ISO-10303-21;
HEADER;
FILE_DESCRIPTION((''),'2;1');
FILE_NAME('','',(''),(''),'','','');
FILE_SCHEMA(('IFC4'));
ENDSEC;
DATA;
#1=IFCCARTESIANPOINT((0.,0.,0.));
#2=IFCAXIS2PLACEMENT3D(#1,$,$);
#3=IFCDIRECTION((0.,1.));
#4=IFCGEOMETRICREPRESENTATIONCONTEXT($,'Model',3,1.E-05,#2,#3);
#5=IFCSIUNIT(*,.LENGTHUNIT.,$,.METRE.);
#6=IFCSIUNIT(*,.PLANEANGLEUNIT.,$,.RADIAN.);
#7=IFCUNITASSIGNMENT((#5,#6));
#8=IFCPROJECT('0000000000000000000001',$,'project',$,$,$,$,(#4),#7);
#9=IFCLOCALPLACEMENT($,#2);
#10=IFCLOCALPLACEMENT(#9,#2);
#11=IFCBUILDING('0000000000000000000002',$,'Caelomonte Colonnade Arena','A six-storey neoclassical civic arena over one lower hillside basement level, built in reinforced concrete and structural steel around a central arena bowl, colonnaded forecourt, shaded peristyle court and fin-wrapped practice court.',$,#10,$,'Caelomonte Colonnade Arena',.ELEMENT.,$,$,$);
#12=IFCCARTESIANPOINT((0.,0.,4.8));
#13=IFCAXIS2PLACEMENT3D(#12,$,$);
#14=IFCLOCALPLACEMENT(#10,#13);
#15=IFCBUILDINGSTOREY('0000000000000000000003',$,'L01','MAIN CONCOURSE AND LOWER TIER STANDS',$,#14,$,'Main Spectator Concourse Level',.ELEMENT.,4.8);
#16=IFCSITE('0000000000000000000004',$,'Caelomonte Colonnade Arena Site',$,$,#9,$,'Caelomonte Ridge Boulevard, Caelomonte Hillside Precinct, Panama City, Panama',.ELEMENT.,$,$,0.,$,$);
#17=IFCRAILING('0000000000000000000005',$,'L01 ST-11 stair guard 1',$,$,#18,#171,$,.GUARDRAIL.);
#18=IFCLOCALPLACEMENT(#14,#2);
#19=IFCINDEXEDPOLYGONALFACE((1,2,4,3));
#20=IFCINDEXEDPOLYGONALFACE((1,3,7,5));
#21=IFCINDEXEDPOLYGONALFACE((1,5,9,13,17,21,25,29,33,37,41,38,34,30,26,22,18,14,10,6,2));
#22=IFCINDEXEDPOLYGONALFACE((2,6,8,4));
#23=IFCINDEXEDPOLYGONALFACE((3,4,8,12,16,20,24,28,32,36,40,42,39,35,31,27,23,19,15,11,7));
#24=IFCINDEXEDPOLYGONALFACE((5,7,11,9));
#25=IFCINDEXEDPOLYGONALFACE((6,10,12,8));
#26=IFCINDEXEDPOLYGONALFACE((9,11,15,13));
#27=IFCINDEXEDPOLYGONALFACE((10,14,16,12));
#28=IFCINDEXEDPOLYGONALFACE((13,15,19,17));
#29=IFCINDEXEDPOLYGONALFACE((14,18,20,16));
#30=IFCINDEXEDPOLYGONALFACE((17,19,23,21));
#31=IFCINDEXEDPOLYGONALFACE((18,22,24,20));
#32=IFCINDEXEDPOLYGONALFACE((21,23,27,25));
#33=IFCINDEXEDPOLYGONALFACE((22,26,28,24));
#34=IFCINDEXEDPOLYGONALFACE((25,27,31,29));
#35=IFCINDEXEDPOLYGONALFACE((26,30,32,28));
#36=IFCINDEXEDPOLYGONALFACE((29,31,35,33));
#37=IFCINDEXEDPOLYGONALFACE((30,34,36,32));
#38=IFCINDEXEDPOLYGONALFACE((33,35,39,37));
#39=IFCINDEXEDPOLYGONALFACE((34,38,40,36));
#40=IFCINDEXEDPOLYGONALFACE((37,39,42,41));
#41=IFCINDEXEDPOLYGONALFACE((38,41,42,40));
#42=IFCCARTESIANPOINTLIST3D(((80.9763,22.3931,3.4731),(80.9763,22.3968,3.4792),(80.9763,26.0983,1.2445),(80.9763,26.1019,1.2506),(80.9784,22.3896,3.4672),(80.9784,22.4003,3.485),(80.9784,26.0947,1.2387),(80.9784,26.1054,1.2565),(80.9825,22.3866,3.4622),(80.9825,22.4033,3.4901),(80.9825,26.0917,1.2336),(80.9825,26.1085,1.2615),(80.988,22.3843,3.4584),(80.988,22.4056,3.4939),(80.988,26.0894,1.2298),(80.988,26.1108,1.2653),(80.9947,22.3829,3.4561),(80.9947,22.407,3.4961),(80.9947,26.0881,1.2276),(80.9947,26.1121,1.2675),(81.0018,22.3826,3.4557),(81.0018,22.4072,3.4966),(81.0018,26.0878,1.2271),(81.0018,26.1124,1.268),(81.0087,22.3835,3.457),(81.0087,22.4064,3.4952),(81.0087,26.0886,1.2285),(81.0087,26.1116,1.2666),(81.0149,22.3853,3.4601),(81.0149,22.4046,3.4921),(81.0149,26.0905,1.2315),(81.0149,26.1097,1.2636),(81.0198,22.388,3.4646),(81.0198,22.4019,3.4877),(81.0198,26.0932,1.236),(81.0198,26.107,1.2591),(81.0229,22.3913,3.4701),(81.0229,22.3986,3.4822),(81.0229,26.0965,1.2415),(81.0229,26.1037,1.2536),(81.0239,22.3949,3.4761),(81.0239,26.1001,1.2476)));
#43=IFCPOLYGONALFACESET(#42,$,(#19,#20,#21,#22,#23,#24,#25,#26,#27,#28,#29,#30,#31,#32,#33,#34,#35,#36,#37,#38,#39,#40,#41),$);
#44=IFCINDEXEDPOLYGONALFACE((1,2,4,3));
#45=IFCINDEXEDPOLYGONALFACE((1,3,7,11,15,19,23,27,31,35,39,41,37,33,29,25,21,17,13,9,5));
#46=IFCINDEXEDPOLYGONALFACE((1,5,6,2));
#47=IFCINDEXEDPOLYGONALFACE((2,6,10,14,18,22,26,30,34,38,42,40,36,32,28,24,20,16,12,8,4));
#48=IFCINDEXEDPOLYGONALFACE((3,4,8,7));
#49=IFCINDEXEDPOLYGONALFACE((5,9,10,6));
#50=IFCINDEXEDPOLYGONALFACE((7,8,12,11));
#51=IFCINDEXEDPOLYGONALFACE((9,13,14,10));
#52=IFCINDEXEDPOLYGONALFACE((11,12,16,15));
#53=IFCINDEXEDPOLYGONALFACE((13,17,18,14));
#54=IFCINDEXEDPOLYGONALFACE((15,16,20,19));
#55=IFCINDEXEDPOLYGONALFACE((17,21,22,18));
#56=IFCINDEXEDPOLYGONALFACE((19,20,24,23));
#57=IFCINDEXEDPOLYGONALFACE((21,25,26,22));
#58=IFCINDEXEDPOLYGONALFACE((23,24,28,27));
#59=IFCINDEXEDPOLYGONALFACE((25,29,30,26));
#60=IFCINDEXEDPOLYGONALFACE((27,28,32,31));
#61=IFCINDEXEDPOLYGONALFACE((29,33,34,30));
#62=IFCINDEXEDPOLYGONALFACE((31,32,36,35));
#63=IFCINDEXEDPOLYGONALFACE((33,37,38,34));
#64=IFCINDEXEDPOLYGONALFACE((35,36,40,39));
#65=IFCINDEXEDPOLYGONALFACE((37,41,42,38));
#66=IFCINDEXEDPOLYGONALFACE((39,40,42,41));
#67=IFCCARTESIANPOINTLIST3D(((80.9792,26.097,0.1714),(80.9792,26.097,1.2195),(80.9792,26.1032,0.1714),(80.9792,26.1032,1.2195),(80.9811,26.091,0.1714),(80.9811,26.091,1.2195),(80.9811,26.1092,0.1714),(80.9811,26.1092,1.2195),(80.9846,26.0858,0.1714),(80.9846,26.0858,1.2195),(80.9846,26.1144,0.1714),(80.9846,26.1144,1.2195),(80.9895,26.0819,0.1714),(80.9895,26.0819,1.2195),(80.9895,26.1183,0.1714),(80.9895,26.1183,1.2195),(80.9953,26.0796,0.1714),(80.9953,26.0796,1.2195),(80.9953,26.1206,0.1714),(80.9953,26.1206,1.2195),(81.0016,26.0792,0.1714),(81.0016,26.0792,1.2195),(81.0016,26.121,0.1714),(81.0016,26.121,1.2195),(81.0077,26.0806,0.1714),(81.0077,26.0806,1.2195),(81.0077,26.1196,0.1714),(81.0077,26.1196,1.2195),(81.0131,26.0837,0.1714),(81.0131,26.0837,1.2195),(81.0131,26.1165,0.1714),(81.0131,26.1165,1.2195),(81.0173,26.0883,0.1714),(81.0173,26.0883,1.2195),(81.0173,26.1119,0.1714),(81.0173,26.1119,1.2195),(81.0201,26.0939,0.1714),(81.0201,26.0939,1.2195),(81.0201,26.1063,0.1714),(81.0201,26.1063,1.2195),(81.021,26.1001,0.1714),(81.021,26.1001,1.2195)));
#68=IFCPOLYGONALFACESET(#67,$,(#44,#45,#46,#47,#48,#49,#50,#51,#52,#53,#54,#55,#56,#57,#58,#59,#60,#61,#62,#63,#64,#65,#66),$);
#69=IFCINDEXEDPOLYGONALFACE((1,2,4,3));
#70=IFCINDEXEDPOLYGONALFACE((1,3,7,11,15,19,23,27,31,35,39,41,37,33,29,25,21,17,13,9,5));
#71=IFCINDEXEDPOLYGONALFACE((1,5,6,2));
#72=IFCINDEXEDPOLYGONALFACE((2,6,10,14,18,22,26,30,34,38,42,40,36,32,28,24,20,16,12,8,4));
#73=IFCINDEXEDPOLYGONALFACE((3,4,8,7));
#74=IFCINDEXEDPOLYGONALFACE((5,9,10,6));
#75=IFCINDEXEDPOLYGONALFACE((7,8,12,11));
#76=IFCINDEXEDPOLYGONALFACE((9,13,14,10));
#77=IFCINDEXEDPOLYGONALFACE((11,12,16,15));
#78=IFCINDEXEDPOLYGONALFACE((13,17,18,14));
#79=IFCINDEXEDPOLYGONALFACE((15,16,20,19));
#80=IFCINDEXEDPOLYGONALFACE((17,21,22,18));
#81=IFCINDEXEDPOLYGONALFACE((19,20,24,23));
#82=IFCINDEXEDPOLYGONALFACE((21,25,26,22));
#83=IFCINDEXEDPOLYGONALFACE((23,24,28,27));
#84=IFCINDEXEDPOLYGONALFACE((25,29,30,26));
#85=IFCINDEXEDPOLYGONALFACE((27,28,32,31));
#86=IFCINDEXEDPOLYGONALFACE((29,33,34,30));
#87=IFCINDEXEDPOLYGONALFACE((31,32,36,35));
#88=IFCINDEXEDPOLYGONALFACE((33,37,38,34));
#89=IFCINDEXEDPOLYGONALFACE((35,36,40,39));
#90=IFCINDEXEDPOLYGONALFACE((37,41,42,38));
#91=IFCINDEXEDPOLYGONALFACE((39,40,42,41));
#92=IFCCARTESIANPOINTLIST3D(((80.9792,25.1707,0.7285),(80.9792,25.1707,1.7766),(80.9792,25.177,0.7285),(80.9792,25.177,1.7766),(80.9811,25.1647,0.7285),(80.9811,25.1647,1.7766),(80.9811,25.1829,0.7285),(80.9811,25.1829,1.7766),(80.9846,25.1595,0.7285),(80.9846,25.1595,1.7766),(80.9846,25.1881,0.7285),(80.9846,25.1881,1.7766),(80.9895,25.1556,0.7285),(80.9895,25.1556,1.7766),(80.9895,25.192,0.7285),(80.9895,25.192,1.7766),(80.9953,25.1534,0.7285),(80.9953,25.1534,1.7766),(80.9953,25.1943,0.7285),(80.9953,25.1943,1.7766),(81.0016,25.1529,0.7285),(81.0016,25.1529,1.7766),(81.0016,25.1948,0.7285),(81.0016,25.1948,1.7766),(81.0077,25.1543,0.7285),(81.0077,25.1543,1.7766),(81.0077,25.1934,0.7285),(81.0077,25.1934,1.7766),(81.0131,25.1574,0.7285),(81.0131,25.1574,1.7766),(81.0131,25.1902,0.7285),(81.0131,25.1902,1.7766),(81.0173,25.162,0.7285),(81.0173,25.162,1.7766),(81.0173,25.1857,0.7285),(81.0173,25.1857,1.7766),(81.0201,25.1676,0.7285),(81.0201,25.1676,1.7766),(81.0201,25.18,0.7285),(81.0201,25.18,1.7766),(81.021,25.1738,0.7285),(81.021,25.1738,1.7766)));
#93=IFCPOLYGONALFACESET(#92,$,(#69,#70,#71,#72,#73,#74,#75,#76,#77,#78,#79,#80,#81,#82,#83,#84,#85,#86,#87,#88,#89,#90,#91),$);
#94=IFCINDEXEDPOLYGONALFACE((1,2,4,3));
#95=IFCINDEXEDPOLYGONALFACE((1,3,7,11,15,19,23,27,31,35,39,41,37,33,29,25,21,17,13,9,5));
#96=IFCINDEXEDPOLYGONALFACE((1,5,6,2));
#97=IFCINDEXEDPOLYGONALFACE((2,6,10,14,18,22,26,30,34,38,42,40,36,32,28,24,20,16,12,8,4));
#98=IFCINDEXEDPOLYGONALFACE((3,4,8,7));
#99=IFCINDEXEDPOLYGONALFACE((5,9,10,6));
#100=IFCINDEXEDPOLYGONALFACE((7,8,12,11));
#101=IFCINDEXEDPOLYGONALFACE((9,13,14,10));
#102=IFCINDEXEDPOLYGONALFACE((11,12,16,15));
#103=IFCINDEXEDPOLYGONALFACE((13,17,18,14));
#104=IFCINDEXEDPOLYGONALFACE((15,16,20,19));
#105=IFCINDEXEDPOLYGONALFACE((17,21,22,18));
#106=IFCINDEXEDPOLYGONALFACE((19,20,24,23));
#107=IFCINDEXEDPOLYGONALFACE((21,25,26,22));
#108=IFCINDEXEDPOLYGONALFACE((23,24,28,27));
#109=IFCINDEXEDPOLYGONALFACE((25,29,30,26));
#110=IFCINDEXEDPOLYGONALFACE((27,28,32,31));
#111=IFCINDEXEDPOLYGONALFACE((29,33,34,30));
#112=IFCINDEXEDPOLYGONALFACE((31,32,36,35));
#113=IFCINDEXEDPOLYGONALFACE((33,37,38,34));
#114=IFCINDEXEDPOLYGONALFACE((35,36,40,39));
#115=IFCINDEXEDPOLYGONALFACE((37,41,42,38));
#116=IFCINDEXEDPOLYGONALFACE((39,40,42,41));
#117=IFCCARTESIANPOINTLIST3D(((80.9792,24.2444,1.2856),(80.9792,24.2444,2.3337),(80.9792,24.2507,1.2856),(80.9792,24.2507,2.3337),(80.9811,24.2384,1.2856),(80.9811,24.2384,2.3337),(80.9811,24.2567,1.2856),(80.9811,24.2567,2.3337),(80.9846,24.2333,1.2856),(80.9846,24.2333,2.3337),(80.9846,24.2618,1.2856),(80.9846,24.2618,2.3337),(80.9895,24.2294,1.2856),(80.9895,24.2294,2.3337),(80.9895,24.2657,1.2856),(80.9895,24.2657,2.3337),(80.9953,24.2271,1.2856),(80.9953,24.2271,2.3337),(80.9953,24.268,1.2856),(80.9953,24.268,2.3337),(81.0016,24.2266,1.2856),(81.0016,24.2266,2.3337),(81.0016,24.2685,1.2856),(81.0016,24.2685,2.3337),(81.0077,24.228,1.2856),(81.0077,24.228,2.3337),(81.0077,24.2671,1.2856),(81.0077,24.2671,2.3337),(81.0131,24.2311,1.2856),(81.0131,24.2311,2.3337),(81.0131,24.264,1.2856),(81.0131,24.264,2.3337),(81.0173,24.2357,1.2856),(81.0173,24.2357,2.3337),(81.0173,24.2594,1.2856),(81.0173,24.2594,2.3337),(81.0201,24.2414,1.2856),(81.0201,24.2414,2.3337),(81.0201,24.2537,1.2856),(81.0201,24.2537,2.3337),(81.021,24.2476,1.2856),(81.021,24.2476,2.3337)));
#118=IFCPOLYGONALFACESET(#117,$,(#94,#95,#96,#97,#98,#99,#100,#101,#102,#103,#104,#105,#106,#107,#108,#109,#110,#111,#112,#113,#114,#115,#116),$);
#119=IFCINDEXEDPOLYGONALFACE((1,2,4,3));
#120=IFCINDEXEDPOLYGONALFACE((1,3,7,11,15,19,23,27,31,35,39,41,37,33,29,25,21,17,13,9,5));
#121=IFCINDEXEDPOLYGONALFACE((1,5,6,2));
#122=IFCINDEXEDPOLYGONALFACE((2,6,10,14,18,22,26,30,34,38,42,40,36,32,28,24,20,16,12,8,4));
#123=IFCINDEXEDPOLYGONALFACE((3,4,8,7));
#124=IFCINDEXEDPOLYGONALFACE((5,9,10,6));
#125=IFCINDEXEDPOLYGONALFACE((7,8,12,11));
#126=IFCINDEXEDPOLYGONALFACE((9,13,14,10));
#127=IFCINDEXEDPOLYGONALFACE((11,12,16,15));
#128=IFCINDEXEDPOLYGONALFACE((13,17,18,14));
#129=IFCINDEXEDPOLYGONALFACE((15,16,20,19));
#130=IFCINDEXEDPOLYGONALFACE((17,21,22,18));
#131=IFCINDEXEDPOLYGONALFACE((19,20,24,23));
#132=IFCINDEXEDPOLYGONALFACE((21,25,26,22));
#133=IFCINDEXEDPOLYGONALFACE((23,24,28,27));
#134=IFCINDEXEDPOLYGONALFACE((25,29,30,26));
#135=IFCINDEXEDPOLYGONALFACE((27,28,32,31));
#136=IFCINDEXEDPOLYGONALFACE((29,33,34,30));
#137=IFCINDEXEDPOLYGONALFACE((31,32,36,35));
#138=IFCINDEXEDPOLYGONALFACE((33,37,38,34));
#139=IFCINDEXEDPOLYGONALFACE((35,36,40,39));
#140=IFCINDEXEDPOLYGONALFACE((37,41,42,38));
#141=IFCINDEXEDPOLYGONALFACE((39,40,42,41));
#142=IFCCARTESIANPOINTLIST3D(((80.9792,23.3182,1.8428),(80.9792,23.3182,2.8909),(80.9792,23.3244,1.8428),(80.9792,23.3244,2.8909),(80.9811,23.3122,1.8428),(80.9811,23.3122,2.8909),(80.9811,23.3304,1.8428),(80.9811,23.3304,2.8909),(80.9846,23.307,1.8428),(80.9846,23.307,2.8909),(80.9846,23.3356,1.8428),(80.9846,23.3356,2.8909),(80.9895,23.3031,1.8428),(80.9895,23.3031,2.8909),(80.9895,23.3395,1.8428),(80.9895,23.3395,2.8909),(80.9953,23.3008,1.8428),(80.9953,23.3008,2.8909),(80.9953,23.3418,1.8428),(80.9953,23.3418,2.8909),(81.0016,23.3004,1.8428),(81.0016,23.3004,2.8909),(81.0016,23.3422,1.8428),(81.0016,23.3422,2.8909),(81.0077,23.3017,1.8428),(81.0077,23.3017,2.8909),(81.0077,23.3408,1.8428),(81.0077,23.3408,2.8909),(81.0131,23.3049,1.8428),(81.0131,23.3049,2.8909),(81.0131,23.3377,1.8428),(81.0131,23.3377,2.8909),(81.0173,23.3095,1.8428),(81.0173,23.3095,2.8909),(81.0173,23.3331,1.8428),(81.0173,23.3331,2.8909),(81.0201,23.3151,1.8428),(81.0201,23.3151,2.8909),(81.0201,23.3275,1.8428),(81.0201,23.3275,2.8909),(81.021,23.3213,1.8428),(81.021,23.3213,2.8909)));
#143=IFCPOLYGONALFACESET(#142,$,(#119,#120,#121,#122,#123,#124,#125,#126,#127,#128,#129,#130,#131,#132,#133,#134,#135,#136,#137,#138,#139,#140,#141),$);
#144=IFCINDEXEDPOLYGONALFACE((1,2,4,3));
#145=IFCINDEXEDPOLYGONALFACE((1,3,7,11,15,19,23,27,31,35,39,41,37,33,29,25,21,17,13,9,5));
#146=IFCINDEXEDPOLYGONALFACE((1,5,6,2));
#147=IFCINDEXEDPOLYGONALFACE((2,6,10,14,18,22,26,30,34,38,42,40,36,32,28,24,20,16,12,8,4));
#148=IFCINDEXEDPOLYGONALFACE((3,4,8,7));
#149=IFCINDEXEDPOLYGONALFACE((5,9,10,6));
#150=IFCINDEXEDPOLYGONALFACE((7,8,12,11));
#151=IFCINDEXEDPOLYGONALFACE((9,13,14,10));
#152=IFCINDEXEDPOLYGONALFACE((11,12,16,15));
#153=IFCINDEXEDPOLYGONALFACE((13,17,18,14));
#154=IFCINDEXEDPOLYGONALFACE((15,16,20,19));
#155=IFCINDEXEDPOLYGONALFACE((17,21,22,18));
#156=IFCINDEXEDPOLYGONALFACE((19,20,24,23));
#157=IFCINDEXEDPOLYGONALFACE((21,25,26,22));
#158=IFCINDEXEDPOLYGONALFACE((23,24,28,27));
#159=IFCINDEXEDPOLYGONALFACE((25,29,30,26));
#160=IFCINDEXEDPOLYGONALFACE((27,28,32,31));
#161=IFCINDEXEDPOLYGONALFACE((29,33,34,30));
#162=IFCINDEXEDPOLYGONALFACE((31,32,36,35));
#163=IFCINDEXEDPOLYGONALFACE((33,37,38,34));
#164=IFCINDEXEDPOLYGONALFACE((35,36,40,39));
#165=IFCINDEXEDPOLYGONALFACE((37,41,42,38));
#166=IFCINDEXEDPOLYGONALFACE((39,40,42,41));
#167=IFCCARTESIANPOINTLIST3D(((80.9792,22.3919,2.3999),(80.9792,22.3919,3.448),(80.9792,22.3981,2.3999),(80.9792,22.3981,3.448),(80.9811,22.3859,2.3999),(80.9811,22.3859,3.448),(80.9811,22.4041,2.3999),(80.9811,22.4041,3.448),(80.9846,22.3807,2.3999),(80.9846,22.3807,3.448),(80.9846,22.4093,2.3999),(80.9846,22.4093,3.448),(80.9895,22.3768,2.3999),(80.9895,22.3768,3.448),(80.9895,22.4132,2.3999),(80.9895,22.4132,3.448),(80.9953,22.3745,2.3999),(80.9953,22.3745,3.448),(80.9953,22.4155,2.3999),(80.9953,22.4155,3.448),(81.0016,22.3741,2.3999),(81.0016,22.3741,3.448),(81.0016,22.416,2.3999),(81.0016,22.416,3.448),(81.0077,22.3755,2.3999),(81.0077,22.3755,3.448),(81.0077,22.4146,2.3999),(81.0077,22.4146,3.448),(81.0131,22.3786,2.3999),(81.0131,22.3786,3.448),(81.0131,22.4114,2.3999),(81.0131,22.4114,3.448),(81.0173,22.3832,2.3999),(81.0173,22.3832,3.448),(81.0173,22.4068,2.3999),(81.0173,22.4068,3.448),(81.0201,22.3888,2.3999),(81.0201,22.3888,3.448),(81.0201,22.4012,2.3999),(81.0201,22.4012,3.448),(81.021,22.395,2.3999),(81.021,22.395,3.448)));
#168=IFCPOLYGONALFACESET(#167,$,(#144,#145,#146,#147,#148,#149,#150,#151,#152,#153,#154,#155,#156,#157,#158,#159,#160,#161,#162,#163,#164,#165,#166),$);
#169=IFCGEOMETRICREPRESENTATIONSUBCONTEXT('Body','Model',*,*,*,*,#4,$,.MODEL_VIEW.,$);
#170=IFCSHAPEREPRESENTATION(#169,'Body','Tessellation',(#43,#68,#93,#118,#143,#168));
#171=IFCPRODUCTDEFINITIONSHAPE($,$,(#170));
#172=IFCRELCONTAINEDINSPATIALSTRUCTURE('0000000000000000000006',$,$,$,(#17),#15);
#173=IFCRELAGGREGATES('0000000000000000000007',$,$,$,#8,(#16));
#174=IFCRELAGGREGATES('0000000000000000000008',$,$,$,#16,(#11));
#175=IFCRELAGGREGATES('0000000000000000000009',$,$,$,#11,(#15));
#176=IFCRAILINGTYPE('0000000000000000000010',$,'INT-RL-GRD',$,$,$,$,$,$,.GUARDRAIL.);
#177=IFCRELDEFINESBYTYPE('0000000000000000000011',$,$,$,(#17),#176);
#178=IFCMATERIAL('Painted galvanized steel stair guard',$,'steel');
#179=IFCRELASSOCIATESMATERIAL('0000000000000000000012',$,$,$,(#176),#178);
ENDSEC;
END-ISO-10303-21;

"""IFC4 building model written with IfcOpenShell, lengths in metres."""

from ifc_helpers import new_model, si_unit, direction, frame, origin, origin_2d, place, context, subcontext, project, spatial, circle, extrude, material, type_object, element, save


model = new_model("IFC4")

# Units and contexts
model_context = context("Model", 3, precision=1e-05, world=origin(), true_north=direction((0.0, 1.0)))
body_context = subcontext(model_context, "Body", "Model", "MODEL_VIEW")
ifc_project = project(units=[si_unit("LENGTHUNIT", "METRE"), si_unit("PLANEANGLEUNIT", "RADIAN")], contexts=[model_context])

# Site, building, storey
site_placement = place(None, origin())
site = spatial("IfcSite", under=ifc_project, at=site_placement, Name="Caelomonte Colonnade Arena Site", LongName="Caelomonte Ridge Boulevard, Caelomonte Hillside Precinct, Panama City, Panama", CompositionType="ELEMENT", RefElevation=0.0)
building_placement = place(site_placement, origin())
building = spatial("IfcBuilding", under=site, at=building_placement, Name="Caelomonte Colonnade Arena", Description="A six-storey neoclassical civic arena over one lower hillside basement level, built in reinforced concrete and structural steel around a central arena bowl, colonnaded forecourt, shaded peristyle court and fin-wrapped practice court.", LongName="Caelomonte Colonnade Arena", CompositionType="ELEMENT")
storey_placement = place(building_placement, frame((0.0, 0.0, 4.8)))
storey = spatial("IfcBuildingStorey", under=building, at=storey_placement, Name="L01", Description="MAIN CONCOURSE AND LOWER TIER STANDS", LongName="Main Spectator Concourse Level", CompositionType="ELEMENT", Elevation=4.8)

# Railing
ifc_material_1 = material(Name="Painted galvanized steel stair guard", Category="steel")
railing_type_1 = type_object("IfcRailingType", Name="INT-RL-GRD", PredefinedType="GUARDRAIL", material=ifc_material_1)
railing_1_placement = place(storey_placement, frame((81.0, 26.1001, 0.1714)))
element("IfcRailing", 1, at=railing_1_placement, inside=storey, type_object=railing_type_1, Name="L01 ST-11 stair guard 1", PredefinedType="GUARDRAIL", context=body_context, shape_type="SweptSolid", body=[
    extrude(circle(Radius=0.0239, at=origin_2d()), frame((0.0, 0.0, 1.0762), z_axis=(0.0, -0.856934, 0.515425), x_axis=(1.0, 0.0, 0.0)), (0.0, 0.0, 1.0), 4.3237),
    extrude(circle(Radius=0.021, at=origin_2d()), origin(), (0.0, 0.0, 1.0), 1.0481),
    extrude(circle(Radius=0.021, at=origin_2d()), frame((0.0, -0.9263, 0.5571)), (0.0, 0.0, 1.0), 1.0481),
    extrude(circle(Radius=0.021, at=origin_2d()), frame((0.0, -1.8525, 1.1143)), (0.0, 0.0, 1.0), 1.0481),
    extrude(circle(Radius=0.021, at=origin_2d()), frame((0.0, -2.7788, 1.6714)), (0.0, 0.0, 1.0), 1.0481),
    extrude(circle(Radius=0.021, at=origin_2d()), frame((0.0, -3.7051, 2.2285)), (0.0, 0.0, 1.0), 1.0481),
])

save(model, "model.ifc")
